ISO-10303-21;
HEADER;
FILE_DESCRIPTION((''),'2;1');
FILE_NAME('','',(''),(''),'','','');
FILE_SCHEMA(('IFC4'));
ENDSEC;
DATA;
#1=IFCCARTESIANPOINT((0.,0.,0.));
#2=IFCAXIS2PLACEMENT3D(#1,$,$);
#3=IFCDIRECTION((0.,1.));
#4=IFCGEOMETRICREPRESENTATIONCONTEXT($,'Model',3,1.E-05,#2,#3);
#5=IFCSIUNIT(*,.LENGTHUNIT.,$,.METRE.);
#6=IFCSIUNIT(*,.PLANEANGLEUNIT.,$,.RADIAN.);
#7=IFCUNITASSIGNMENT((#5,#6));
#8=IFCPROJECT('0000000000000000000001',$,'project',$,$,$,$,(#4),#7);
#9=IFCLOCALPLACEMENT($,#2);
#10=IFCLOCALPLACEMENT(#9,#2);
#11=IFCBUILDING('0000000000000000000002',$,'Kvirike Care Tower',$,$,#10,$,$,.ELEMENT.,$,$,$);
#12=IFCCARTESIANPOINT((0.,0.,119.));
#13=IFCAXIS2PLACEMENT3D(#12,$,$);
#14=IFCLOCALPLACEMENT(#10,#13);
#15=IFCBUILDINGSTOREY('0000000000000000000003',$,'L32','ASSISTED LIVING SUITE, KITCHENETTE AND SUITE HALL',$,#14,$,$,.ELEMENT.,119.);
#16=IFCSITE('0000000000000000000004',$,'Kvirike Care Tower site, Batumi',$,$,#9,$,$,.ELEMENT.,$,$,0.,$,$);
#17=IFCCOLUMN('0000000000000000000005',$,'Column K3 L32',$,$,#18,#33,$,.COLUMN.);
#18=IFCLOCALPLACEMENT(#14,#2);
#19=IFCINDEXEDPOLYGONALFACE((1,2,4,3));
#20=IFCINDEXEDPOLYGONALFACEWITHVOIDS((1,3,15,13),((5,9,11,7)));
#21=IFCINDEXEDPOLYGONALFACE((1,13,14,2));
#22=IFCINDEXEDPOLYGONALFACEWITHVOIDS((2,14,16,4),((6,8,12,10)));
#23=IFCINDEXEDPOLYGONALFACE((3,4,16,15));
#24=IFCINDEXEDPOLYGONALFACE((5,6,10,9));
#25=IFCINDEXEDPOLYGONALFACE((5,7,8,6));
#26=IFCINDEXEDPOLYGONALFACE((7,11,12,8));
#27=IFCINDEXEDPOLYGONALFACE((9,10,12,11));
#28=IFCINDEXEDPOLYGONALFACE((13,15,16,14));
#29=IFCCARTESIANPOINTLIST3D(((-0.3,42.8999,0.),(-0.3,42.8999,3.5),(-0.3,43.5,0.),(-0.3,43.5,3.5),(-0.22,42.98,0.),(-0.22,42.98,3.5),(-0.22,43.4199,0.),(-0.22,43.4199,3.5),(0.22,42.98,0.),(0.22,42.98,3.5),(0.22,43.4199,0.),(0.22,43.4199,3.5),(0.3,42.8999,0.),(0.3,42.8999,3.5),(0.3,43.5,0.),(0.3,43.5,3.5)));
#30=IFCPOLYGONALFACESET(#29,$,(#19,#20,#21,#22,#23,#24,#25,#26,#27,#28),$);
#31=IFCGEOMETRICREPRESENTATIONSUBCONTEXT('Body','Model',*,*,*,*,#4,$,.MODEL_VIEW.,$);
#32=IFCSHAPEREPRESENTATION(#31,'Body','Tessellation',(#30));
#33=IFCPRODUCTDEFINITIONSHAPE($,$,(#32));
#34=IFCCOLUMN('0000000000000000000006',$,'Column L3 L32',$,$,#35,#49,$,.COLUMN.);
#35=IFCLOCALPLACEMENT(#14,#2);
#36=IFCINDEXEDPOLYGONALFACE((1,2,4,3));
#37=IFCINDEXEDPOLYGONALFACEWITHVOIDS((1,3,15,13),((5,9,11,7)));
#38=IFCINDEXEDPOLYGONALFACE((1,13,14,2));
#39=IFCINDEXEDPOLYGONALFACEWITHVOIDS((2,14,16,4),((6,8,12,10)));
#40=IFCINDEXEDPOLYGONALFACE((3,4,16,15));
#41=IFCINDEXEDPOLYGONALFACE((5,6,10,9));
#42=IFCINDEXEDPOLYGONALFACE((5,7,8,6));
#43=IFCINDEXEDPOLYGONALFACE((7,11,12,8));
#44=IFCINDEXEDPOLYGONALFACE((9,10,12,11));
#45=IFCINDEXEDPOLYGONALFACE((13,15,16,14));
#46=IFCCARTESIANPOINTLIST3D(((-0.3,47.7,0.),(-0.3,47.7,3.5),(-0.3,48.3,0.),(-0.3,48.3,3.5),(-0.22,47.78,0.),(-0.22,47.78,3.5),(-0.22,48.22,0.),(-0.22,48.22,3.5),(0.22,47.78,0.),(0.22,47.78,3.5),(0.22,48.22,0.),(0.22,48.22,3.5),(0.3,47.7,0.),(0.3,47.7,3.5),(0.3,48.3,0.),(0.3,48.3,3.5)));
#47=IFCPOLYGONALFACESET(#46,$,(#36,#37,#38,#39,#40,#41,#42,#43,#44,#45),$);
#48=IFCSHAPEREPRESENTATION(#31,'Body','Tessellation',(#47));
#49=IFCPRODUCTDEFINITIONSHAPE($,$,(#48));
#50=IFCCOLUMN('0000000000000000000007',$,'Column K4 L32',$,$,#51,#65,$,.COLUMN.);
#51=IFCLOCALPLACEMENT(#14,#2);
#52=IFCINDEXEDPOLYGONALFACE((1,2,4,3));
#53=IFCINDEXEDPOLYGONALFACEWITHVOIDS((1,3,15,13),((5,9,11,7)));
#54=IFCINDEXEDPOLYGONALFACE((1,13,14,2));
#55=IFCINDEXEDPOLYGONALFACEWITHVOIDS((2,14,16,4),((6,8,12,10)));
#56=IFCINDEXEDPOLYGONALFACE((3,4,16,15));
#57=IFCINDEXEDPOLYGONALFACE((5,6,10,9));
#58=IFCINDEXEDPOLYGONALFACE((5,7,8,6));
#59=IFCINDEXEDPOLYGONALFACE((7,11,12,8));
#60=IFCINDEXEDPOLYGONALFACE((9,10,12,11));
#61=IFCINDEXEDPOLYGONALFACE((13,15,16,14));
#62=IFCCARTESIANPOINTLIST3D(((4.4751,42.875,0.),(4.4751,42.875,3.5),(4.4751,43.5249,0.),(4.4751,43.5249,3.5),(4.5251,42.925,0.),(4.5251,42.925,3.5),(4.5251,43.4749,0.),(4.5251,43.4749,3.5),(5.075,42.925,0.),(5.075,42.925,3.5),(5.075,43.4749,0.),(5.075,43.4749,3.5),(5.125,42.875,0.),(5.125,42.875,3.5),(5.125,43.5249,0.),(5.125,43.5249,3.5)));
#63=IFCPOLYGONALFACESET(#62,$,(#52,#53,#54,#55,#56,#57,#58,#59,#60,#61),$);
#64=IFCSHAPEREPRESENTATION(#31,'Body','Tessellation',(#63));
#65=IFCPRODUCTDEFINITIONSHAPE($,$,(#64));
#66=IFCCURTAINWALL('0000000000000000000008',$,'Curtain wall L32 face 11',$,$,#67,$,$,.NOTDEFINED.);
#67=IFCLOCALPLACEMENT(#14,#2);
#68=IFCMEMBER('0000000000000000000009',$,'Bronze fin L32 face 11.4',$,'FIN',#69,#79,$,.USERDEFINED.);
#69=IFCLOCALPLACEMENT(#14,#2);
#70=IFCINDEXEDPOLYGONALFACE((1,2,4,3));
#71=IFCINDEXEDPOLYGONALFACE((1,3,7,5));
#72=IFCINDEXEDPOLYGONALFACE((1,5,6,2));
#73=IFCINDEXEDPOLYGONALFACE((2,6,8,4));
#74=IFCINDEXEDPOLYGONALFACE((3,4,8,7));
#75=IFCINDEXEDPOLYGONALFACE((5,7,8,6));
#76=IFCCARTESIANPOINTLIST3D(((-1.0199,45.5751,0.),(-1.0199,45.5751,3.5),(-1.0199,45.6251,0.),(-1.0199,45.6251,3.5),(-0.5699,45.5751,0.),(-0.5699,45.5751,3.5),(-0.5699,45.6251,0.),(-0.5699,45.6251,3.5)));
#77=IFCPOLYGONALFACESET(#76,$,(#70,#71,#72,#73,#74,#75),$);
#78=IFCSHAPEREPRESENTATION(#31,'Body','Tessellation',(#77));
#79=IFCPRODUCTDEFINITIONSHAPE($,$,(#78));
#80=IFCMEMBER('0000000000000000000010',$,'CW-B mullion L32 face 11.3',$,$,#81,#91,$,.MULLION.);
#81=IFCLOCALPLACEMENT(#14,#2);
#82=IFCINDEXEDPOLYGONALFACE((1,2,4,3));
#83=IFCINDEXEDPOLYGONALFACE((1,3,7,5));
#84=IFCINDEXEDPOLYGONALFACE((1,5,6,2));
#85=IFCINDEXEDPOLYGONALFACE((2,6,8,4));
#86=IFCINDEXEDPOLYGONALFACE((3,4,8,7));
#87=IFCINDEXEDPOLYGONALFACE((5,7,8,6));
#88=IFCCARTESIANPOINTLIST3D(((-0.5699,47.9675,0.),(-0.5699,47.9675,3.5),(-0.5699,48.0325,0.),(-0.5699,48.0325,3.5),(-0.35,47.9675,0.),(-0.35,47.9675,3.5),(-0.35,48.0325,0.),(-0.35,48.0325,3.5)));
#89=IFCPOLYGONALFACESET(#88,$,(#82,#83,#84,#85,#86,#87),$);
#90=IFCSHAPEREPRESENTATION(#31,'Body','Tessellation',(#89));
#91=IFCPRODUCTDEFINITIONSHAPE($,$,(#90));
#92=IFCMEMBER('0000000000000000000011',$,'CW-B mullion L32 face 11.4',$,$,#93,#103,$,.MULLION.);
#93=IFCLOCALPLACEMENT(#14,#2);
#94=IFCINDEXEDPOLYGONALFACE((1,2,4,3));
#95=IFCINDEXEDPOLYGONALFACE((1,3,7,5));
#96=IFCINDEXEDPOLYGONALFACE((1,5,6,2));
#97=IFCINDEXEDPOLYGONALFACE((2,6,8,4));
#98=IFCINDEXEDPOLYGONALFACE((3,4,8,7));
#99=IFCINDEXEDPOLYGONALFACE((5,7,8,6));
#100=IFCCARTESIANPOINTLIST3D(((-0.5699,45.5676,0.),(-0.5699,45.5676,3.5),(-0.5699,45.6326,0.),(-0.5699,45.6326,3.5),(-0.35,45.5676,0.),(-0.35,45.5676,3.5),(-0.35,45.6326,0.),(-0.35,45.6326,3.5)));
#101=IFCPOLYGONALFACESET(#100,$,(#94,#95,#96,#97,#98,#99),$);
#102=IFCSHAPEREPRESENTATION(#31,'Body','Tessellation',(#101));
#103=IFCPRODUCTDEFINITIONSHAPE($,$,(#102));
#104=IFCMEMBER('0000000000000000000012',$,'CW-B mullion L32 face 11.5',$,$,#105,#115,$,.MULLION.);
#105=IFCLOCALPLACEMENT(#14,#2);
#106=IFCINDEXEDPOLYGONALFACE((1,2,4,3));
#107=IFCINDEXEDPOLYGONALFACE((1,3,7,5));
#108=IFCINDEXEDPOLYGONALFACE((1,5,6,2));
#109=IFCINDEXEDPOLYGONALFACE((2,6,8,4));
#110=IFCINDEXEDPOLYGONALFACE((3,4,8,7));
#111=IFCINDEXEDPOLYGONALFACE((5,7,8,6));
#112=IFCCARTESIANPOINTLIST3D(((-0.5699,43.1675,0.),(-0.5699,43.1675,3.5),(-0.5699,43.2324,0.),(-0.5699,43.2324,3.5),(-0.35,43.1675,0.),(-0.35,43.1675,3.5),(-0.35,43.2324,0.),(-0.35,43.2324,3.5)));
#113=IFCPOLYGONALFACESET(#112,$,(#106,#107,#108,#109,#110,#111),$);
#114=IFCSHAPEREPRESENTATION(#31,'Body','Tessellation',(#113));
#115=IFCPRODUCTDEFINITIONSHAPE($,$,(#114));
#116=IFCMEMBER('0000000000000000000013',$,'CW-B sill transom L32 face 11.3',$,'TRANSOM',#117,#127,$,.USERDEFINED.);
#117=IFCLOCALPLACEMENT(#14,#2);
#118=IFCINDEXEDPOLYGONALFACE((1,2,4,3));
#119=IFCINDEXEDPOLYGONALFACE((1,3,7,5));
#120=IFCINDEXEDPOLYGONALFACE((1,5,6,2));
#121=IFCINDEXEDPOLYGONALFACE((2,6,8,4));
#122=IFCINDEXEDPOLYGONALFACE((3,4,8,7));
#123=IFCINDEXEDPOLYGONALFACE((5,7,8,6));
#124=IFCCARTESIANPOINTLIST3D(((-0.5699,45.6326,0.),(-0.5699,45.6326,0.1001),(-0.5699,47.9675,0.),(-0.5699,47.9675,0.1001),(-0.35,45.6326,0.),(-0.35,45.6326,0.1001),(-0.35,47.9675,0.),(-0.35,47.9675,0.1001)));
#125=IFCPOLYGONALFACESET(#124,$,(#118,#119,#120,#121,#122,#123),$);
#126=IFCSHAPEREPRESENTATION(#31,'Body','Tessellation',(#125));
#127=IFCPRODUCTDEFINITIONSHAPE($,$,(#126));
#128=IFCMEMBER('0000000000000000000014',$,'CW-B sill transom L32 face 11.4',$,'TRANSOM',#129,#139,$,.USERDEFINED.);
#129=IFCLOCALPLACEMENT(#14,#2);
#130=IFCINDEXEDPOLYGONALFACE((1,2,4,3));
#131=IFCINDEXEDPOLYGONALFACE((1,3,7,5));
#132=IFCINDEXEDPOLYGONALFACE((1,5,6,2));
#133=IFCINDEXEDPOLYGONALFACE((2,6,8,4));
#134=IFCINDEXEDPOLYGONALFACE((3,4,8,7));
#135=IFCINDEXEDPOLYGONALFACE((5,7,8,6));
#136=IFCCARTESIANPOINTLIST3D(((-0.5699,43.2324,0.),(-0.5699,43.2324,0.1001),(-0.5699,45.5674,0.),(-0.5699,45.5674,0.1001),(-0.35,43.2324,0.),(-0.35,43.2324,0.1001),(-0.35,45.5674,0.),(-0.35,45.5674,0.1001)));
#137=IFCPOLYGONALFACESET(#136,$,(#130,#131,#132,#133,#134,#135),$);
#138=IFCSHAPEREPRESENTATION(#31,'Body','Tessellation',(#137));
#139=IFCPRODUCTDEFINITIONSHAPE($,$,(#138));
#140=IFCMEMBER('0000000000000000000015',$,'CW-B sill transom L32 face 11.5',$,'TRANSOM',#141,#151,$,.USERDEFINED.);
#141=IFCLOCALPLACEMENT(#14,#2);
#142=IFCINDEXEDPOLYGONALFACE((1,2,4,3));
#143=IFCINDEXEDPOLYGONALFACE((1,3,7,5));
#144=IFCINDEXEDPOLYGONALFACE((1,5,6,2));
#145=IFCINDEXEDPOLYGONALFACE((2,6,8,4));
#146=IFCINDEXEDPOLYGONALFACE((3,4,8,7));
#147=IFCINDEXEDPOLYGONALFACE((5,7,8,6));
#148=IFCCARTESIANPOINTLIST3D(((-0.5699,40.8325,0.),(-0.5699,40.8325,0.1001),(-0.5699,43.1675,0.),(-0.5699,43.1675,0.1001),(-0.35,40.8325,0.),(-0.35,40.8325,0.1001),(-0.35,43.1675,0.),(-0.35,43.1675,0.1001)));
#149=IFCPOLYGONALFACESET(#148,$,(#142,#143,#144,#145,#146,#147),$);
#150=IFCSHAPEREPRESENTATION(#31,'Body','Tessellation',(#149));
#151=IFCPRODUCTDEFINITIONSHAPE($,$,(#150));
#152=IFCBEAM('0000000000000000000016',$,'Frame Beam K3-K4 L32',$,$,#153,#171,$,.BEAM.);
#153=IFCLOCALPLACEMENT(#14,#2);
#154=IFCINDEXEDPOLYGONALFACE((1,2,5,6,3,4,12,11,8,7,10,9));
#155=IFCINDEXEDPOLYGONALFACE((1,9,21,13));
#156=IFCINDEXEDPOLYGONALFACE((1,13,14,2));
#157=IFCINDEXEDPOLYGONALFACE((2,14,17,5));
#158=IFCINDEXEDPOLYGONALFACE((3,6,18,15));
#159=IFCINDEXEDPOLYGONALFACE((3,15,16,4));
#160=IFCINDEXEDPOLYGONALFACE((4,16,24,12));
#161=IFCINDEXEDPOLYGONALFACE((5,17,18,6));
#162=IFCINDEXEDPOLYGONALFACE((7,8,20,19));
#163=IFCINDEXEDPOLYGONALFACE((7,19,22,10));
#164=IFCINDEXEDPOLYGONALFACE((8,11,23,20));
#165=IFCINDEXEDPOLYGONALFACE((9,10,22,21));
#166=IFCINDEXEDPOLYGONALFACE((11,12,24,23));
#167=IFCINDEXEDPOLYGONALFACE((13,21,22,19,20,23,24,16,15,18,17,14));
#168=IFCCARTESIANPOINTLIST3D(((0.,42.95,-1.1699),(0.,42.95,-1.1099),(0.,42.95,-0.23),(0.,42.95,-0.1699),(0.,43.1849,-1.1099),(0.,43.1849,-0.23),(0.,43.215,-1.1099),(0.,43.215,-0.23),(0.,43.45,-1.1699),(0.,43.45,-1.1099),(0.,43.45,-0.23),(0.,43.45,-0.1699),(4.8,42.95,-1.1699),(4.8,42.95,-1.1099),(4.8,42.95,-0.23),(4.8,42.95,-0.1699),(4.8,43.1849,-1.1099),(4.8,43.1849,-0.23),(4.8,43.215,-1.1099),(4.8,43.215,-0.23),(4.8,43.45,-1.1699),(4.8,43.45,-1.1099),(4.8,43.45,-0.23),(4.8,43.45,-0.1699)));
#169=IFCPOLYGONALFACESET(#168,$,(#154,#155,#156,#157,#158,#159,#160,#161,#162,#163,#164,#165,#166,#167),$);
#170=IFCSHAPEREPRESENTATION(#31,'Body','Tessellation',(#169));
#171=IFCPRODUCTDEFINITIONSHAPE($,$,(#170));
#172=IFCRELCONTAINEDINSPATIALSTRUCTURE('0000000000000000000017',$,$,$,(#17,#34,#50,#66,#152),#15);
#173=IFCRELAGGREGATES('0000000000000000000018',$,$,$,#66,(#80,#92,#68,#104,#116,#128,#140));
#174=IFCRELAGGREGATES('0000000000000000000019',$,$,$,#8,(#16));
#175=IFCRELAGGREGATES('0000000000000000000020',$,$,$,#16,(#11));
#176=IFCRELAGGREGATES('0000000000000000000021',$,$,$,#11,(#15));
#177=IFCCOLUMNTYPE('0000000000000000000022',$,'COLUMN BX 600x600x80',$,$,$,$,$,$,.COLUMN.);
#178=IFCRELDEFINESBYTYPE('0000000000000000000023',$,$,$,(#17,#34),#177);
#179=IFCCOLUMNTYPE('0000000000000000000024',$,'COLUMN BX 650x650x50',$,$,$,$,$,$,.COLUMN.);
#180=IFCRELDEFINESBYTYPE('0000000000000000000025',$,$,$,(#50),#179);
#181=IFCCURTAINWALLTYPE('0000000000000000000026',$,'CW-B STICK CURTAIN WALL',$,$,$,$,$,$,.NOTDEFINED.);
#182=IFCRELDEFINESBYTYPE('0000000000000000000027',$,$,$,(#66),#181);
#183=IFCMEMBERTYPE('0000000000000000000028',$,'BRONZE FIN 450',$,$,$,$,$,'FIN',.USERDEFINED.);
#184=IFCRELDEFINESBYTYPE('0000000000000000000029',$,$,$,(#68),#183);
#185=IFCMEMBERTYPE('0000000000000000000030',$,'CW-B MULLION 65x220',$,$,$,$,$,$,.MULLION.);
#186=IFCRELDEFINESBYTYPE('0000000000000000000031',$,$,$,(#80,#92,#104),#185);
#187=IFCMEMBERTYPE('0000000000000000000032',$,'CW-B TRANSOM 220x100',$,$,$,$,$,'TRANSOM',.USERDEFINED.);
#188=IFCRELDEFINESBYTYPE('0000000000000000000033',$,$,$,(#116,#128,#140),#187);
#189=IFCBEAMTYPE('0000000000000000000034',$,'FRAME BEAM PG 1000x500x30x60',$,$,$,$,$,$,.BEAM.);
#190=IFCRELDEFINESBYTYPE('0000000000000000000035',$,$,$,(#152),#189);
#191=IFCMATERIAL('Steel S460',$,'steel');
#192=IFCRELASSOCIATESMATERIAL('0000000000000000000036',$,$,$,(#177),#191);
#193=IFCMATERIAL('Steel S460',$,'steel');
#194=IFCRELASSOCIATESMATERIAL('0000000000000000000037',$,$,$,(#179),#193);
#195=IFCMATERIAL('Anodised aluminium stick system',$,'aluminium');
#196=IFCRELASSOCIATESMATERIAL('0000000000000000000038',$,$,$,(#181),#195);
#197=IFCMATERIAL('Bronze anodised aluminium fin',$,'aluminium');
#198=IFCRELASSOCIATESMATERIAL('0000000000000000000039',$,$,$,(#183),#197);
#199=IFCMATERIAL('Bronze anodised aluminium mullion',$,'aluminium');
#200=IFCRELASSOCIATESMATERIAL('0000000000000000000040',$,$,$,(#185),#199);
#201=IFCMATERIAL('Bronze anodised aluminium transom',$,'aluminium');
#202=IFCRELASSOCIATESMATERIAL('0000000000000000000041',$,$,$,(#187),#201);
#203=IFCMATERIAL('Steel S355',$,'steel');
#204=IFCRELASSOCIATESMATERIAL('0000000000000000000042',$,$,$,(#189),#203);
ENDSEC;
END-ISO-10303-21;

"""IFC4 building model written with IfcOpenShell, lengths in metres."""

from ifc_helpers import new_model, si_unit, direction, frame, origin, origin_2d, place, context, subcontext, project, spatial, rectangle, hollow_rectangle, i_section, extrude, material, material_profile, profile_set, type_object, element, aggregate, save


model = new_model("IFC4")

# Units and contexts
model_context = context("Model", 3, precision=1e-05, world=origin(), true_north=direction((0.0, 1.0)))
body_context = subcontext(model_context, "Body", "Model", "MODEL_VIEW")
ifc_project = project(units=[si_unit("LENGTHUNIT", "METRE"), si_unit("PLANEANGLEUNIT", "RADIAN")], contexts=[model_context])

# Site, building, storey
site_placement = place(None, origin())
site = spatial("IfcSite", under=ifc_project, at=site_placement, Name="Kvirike Care Tower site, Batumi", CompositionType="ELEMENT", RefElevation=0.0)
building_placement = place(site_placement, origin())
building = spatial("IfcBuilding", under=site, at=building_placement, Name="Kvirike Care Tower", CompositionType="ELEMENT")
storey_placement = place(building_placement, frame((0.0, 0.0, 119.0)))
storey = spatial("IfcBuildingStorey", under=building, at=storey_placement, Name="L32", Description="ASSISTED LIVING SUITE, KITCHENETTE AND SUITE HALL", CompositionType="ELEMENT", Elevation=119.0)

# Columns
ifc_material_1 = material(Name="Steel S460", Category="steel")
ifc_material_profile_1 = material_profile(ifc_material_1, hollow_rectangle(XDim=0.6001, YDim=0.6001, WallThickness=0.0801, at=origin_2d()), Name="BX 600x600x80")
ifc_profile_set_1 = profile_set([ifc_material_profile_1], Name="Steel S460")
column_type_1 = type_object("IfcColumnType", Name="COLUMN BX 600x600x80", PredefinedType="COLUMN", material=ifc_profile_set_1)
for number, where, z_axis, x_axis, name in (
    (1, (0.0, 43.2, 0.0), (0.0, 0.0, 1.0), (0.0, 1.0, 0.0), "Column K3 L32"),
    (2, (0.0, 48.0, 0.0), (0.0, 0.0, 1.0), (1.0, 0.0, 0.0), "Column L3 L32"),
):
    element("IfcColumn", number, at=place(storey_placement, frame(where, z_axis=z_axis, x_axis=x_axis)), inside=storey, type_object=column_type_1, Name=name, PredefinedType="COLUMN", context=body_context, shape_type="SweptSolid", body=[
        extrude(hollow_rectangle(XDim=0.6001, YDim=0.6001, WallThickness=0.0801, at=origin_2d()), origin(), (0.0, 0.0, 1.0), 3.5),
    ])
ifc_material_2 = material(Name="Steel S460", Category="steel")
ifc_material_profile_2 = material_profile(ifc_material_2, hollow_rectangle(XDim=0.6499, YDim=0.6499, WallThickness=0.05, at=origin_2d()), Name="BX 650x650x50")
ifc_profile_set_2 = profile_set([ifc_material_profile_2], Name="Steel S460")
column_type_2 = type_object("IfcColumnType", Name="COLUMN BX 650x650x50", PredefinedType="COLUMN", material=ifc_profile_set_2)
column_placement = place(storey_placement, frame((4.8, 43.2, 0.0), z_axis=(0.0, 0.0, 1.0), x_axis=(0.0, 1.0, 0.0)))
element("IfcColumn", 3, at=column_placement, inside=storey, type_object=column_type_2, Name="Column K4 L32", PredefinedType="COLUMN", context=body_context, shape_type="SweptSolid", body=[
    extrude(hollow_rectangle(XDim=0.6499, YDim=0.6499, WallThickness=0.05, at=origin_2d()), origin(), (0.0, 0.0, 1.0), 3.5),
])

# Curtain wall, members
ifc_material_3 = material(Name="Anodised aluminium stick system", Category="aluminium")
curtain_wall_type = type_object("IfcCurtainWallType", Name="CW-B STICK CURTAIN WALL", PredefinedType="NOTDEFINED", material=ifc_material_3)
curtain_wall_placement = place(storey_placement, origin())
curtain_wall = element("IfcCurtainWall", 4, at=curtain_wall_placement, inside=storey, type_object=curtain_wall_type, Name="Curtain wall L32 face 11", PredefinedType="NOTDEFINED")
ifc_material_4 = material(Name="Bronze anodised aluminium fin", Category="aluminium")
ifc_material_profile_3 = material_profile(ifc_material_4, rectangle(XDim=0.05, YDim=0.45, at=origin_2d()), Name="BRONZE FIN 450")
ifc_profile_set_3 = profile_set([ifc_material_profile_3], Name="Bronze anodised aluminium fin")
member_type_1 = type_object("IfcMemberType", Name="BRONZE FIN 450", ElementType="FIN", PredefinedType="USERDEFINED", material=ifc_profile_set_3)
member_1_placement = place(storey_placement, frame((-0.7949, 45.6001, 0.0), z_axis=(0.0, 0.0, 1.0), x_axis=(0.0, -1.0, 0.0)))
member_1 = element("IfcMember", 5, at=member_1_placement, type_object=member_type_1, Name="Bronze fin L32 face 11.4", ObjectType="FIN", PredefinedType="USERDEFINED", context=body_context, shape_type="SweptSolid", body=[
    extrude(rectangle(XDim=0.05, YDim=0.45, at=origin_2d()), origin(), (0.0, 0.0, 1.0), 3.5),
])
ifc_material_5 = material(Name="Bronze anodised aluminium mullion", Category="aluminium")
ifc_material_profile_4 = material_profile(ifc_material_5, rectangle(XDim=0.0649, YDim=0.22, at=origin_2d()), Name="CW-B MULLION 65x220")
ifc_profile_set_4 = profile_set([ifc_material_profile_4], Name="Bronze anodised aluminium mullion")
member_type_2 = type_object("IfcMemberType", Name="CW-B MULLION 65x220", PredefinedType="MULLION", material=ifc_profile_set_4)
member_2_placement = place(storey_placement, frame((-0.46, 48.0, 0.0), z_axis=(0.0, 0.0, 1.0), x_axis=(0.0, -1.0, 0.0)))
member_2 = element("IfcMember", 6, at=member_2_placement, type_object=member_type_2, Name="CW-B mullion L32 face 11.3", PredefinedType="MULLION", context=body_context, shape_type="SweptSolid", body=[
    extrude(rectangle(XDim=0.0649, YDim=0.22, at=origin_2d()), origin(), (0.0, 0.0, 1.0), 3.5),
])
member_3_placement = place(storey_placement, frame((-0.46, 45.6001, 0.0), z_axis=(0.0, 0.0, 1.0), x_axis=(0.0, -1.0, 0.0)))
member_3 = element("IfcMember", 7, at=member_3_placement, type_object=member_type_2, Name="CW-B mullion L32 face 11.4", PredefinedType="MULLION", context=body_context, shape_type="SweptSolid", body=[
    extrude(rectangle(XDim=0.0649, YDim=0.22, at=origin_2d()), origin(), (0.0, 0.0, 1.0), 3.5),
])
member_4_placement = place(storey_placement, frame((-0.46, 43.2, 0.0), z_axis=(0.0, 0.0, 1.0), x_axis=(0.0, -1.0, 0.0)))
member_4 = element("IfcMember", 8, at=member_4_placement, type_object=member_type_2, Name="CW-B mullion L32 face 11.5", PredefinedType="MULLION", context=body_context, shape_type="SweptSolid", body=[
    extrude(rectangle(XDim=0.0649, YDim=0.22, at=origin_2d()), origin(), (0.0, 0.0, 1.0), 3.5),
])
ifc_material_6 = material(Name="Bronze anodised aluminium transom", Category="aluminium")
ifc_material_profile_5 = material_profile(ifc_material_6, rectangle(XDim=0.22, YDim=0.1001, at=origin_2d()), Name="CW-B TRANSOM 220x100")
ifc_profile_set_5 = profile_set([ifc_material_profile_5], Name="Bronze anodised aluminium transom")
member_type_3 = type_object("IfcMemberType", Name="CW-B TRANSOM 220x100", ElementType="TRANSOM", PredefinedType="USERDEFINED", material=ifc_profile_set_5)
member_5_placement = place(storey_placement, frame((-0.46, 47.9675, 0.05), z_axis=(0.0, -1.0, 0.0), x_axis=(1.0, 0.0, 0.0)))
member_5 = element("IfcMember", 9, at=member_5_placement, type_object=member_type_3, Name="CW-B sill transom L32 face 11.3", ObjectType="TRANSOM", PredefinedType="USERDEFINED", context=body_context, shape_type="SweptSolid", body=[
    extrude(rectangle(XDim=0.22, YDim=0.1001, at=origin_2d()), origin(), (0.0, 0.0, 1.0), 2.335),
])
member_6_placement = place(storey_placement, frame((-0.46, 45.5674, 0.05), z_axis=(0.0, -1.0, 0.0), x_axis=(1.0, 0.0, 0.0)))
member_6 = element("IfcMember", 10, at=member_6_placement, type_object=member_type_3, Name="CW-B sill transom L32 face 11.4", ObjectType="TRANSOM", PredefinedType="USERDEFINED", context=body_context, shape_type="SweptSolid", body=[
    extrude(rectangle(XDim=0.22, YDim=0.1001, at=origin_2d()), origin(), (0.0, 0.0, 1.0), 2.335),
])
member_7_placement = place(storey_placement, frame((-0.46, 43.1675, 0.05), z_axis=(0.0, -1.0, 0.0), x_axis=(1.0, 0.0, 0.0)))
member_7 = element("IfcMember", 11, at=member_7_placement, type_object=member_type_3, Name="CW-B sill transom L32 face 11.5", ObjectType="TRANSOM", PredefinedType="USERDEFINED", context=body_context, shape_type="SweptSolid", body=[
    extrude(rectangle(XDim=0.22, YDim=0.1001, at=origin_2d()), origin(), (0.0, 0.0, 1.0), 2.335),
])

# Beam
ifc_material_7 = material(Name="Steel S355", Category="steel")
ifc_material_profile_6 = material_profile(ifc_material_7, i_section(OverallWidth=0.5, OverallDepth=1.0, WebThickness=0.03, FlangeThickness=0.0601, at=origin_2d()), Name="PG 1000x500x30x60")
ifc_profile_set_6 = profile_set([ifc_material_profile_6], Name="Steel S355")
beam_type_1 = type_object("IfcBeamType", Name="FRAME BEAM PG 1000x500x30x60", PredefinedType="BEAM", material=ifc_profile_set_6)
for number, where, z_axis, x_axis, name in (
    (12, (0.0, 43.2, -0.6699), (1.0, 0.0, 0.0), (0.0, 1.0, 0.0), "Frame Beam K3-K4 L32"),
):
    element("IfcBeam", number, at=place(storey_placement, frame(where, z_axis=z_axis, x_axis=x_axis)), inside=storey, type_object=beam_type_1, Name=name, PredefinedType="BEAM", context=body_context, shape_type="SweptSolid", body=[
        extrude(i_section(OverallWidth=0.5, OverallDepth=1.0, WebThickness=0.03, FlangeThickness=0.0601, at=origin_2d()), origin(), (0.0, 0.0, 1.0), 4.8),
    ])

aggregate(curtain_wall, [member_2, member_3, member_1, member_4, member_5, member_6, member_7])

save(model, "model.ifc")
